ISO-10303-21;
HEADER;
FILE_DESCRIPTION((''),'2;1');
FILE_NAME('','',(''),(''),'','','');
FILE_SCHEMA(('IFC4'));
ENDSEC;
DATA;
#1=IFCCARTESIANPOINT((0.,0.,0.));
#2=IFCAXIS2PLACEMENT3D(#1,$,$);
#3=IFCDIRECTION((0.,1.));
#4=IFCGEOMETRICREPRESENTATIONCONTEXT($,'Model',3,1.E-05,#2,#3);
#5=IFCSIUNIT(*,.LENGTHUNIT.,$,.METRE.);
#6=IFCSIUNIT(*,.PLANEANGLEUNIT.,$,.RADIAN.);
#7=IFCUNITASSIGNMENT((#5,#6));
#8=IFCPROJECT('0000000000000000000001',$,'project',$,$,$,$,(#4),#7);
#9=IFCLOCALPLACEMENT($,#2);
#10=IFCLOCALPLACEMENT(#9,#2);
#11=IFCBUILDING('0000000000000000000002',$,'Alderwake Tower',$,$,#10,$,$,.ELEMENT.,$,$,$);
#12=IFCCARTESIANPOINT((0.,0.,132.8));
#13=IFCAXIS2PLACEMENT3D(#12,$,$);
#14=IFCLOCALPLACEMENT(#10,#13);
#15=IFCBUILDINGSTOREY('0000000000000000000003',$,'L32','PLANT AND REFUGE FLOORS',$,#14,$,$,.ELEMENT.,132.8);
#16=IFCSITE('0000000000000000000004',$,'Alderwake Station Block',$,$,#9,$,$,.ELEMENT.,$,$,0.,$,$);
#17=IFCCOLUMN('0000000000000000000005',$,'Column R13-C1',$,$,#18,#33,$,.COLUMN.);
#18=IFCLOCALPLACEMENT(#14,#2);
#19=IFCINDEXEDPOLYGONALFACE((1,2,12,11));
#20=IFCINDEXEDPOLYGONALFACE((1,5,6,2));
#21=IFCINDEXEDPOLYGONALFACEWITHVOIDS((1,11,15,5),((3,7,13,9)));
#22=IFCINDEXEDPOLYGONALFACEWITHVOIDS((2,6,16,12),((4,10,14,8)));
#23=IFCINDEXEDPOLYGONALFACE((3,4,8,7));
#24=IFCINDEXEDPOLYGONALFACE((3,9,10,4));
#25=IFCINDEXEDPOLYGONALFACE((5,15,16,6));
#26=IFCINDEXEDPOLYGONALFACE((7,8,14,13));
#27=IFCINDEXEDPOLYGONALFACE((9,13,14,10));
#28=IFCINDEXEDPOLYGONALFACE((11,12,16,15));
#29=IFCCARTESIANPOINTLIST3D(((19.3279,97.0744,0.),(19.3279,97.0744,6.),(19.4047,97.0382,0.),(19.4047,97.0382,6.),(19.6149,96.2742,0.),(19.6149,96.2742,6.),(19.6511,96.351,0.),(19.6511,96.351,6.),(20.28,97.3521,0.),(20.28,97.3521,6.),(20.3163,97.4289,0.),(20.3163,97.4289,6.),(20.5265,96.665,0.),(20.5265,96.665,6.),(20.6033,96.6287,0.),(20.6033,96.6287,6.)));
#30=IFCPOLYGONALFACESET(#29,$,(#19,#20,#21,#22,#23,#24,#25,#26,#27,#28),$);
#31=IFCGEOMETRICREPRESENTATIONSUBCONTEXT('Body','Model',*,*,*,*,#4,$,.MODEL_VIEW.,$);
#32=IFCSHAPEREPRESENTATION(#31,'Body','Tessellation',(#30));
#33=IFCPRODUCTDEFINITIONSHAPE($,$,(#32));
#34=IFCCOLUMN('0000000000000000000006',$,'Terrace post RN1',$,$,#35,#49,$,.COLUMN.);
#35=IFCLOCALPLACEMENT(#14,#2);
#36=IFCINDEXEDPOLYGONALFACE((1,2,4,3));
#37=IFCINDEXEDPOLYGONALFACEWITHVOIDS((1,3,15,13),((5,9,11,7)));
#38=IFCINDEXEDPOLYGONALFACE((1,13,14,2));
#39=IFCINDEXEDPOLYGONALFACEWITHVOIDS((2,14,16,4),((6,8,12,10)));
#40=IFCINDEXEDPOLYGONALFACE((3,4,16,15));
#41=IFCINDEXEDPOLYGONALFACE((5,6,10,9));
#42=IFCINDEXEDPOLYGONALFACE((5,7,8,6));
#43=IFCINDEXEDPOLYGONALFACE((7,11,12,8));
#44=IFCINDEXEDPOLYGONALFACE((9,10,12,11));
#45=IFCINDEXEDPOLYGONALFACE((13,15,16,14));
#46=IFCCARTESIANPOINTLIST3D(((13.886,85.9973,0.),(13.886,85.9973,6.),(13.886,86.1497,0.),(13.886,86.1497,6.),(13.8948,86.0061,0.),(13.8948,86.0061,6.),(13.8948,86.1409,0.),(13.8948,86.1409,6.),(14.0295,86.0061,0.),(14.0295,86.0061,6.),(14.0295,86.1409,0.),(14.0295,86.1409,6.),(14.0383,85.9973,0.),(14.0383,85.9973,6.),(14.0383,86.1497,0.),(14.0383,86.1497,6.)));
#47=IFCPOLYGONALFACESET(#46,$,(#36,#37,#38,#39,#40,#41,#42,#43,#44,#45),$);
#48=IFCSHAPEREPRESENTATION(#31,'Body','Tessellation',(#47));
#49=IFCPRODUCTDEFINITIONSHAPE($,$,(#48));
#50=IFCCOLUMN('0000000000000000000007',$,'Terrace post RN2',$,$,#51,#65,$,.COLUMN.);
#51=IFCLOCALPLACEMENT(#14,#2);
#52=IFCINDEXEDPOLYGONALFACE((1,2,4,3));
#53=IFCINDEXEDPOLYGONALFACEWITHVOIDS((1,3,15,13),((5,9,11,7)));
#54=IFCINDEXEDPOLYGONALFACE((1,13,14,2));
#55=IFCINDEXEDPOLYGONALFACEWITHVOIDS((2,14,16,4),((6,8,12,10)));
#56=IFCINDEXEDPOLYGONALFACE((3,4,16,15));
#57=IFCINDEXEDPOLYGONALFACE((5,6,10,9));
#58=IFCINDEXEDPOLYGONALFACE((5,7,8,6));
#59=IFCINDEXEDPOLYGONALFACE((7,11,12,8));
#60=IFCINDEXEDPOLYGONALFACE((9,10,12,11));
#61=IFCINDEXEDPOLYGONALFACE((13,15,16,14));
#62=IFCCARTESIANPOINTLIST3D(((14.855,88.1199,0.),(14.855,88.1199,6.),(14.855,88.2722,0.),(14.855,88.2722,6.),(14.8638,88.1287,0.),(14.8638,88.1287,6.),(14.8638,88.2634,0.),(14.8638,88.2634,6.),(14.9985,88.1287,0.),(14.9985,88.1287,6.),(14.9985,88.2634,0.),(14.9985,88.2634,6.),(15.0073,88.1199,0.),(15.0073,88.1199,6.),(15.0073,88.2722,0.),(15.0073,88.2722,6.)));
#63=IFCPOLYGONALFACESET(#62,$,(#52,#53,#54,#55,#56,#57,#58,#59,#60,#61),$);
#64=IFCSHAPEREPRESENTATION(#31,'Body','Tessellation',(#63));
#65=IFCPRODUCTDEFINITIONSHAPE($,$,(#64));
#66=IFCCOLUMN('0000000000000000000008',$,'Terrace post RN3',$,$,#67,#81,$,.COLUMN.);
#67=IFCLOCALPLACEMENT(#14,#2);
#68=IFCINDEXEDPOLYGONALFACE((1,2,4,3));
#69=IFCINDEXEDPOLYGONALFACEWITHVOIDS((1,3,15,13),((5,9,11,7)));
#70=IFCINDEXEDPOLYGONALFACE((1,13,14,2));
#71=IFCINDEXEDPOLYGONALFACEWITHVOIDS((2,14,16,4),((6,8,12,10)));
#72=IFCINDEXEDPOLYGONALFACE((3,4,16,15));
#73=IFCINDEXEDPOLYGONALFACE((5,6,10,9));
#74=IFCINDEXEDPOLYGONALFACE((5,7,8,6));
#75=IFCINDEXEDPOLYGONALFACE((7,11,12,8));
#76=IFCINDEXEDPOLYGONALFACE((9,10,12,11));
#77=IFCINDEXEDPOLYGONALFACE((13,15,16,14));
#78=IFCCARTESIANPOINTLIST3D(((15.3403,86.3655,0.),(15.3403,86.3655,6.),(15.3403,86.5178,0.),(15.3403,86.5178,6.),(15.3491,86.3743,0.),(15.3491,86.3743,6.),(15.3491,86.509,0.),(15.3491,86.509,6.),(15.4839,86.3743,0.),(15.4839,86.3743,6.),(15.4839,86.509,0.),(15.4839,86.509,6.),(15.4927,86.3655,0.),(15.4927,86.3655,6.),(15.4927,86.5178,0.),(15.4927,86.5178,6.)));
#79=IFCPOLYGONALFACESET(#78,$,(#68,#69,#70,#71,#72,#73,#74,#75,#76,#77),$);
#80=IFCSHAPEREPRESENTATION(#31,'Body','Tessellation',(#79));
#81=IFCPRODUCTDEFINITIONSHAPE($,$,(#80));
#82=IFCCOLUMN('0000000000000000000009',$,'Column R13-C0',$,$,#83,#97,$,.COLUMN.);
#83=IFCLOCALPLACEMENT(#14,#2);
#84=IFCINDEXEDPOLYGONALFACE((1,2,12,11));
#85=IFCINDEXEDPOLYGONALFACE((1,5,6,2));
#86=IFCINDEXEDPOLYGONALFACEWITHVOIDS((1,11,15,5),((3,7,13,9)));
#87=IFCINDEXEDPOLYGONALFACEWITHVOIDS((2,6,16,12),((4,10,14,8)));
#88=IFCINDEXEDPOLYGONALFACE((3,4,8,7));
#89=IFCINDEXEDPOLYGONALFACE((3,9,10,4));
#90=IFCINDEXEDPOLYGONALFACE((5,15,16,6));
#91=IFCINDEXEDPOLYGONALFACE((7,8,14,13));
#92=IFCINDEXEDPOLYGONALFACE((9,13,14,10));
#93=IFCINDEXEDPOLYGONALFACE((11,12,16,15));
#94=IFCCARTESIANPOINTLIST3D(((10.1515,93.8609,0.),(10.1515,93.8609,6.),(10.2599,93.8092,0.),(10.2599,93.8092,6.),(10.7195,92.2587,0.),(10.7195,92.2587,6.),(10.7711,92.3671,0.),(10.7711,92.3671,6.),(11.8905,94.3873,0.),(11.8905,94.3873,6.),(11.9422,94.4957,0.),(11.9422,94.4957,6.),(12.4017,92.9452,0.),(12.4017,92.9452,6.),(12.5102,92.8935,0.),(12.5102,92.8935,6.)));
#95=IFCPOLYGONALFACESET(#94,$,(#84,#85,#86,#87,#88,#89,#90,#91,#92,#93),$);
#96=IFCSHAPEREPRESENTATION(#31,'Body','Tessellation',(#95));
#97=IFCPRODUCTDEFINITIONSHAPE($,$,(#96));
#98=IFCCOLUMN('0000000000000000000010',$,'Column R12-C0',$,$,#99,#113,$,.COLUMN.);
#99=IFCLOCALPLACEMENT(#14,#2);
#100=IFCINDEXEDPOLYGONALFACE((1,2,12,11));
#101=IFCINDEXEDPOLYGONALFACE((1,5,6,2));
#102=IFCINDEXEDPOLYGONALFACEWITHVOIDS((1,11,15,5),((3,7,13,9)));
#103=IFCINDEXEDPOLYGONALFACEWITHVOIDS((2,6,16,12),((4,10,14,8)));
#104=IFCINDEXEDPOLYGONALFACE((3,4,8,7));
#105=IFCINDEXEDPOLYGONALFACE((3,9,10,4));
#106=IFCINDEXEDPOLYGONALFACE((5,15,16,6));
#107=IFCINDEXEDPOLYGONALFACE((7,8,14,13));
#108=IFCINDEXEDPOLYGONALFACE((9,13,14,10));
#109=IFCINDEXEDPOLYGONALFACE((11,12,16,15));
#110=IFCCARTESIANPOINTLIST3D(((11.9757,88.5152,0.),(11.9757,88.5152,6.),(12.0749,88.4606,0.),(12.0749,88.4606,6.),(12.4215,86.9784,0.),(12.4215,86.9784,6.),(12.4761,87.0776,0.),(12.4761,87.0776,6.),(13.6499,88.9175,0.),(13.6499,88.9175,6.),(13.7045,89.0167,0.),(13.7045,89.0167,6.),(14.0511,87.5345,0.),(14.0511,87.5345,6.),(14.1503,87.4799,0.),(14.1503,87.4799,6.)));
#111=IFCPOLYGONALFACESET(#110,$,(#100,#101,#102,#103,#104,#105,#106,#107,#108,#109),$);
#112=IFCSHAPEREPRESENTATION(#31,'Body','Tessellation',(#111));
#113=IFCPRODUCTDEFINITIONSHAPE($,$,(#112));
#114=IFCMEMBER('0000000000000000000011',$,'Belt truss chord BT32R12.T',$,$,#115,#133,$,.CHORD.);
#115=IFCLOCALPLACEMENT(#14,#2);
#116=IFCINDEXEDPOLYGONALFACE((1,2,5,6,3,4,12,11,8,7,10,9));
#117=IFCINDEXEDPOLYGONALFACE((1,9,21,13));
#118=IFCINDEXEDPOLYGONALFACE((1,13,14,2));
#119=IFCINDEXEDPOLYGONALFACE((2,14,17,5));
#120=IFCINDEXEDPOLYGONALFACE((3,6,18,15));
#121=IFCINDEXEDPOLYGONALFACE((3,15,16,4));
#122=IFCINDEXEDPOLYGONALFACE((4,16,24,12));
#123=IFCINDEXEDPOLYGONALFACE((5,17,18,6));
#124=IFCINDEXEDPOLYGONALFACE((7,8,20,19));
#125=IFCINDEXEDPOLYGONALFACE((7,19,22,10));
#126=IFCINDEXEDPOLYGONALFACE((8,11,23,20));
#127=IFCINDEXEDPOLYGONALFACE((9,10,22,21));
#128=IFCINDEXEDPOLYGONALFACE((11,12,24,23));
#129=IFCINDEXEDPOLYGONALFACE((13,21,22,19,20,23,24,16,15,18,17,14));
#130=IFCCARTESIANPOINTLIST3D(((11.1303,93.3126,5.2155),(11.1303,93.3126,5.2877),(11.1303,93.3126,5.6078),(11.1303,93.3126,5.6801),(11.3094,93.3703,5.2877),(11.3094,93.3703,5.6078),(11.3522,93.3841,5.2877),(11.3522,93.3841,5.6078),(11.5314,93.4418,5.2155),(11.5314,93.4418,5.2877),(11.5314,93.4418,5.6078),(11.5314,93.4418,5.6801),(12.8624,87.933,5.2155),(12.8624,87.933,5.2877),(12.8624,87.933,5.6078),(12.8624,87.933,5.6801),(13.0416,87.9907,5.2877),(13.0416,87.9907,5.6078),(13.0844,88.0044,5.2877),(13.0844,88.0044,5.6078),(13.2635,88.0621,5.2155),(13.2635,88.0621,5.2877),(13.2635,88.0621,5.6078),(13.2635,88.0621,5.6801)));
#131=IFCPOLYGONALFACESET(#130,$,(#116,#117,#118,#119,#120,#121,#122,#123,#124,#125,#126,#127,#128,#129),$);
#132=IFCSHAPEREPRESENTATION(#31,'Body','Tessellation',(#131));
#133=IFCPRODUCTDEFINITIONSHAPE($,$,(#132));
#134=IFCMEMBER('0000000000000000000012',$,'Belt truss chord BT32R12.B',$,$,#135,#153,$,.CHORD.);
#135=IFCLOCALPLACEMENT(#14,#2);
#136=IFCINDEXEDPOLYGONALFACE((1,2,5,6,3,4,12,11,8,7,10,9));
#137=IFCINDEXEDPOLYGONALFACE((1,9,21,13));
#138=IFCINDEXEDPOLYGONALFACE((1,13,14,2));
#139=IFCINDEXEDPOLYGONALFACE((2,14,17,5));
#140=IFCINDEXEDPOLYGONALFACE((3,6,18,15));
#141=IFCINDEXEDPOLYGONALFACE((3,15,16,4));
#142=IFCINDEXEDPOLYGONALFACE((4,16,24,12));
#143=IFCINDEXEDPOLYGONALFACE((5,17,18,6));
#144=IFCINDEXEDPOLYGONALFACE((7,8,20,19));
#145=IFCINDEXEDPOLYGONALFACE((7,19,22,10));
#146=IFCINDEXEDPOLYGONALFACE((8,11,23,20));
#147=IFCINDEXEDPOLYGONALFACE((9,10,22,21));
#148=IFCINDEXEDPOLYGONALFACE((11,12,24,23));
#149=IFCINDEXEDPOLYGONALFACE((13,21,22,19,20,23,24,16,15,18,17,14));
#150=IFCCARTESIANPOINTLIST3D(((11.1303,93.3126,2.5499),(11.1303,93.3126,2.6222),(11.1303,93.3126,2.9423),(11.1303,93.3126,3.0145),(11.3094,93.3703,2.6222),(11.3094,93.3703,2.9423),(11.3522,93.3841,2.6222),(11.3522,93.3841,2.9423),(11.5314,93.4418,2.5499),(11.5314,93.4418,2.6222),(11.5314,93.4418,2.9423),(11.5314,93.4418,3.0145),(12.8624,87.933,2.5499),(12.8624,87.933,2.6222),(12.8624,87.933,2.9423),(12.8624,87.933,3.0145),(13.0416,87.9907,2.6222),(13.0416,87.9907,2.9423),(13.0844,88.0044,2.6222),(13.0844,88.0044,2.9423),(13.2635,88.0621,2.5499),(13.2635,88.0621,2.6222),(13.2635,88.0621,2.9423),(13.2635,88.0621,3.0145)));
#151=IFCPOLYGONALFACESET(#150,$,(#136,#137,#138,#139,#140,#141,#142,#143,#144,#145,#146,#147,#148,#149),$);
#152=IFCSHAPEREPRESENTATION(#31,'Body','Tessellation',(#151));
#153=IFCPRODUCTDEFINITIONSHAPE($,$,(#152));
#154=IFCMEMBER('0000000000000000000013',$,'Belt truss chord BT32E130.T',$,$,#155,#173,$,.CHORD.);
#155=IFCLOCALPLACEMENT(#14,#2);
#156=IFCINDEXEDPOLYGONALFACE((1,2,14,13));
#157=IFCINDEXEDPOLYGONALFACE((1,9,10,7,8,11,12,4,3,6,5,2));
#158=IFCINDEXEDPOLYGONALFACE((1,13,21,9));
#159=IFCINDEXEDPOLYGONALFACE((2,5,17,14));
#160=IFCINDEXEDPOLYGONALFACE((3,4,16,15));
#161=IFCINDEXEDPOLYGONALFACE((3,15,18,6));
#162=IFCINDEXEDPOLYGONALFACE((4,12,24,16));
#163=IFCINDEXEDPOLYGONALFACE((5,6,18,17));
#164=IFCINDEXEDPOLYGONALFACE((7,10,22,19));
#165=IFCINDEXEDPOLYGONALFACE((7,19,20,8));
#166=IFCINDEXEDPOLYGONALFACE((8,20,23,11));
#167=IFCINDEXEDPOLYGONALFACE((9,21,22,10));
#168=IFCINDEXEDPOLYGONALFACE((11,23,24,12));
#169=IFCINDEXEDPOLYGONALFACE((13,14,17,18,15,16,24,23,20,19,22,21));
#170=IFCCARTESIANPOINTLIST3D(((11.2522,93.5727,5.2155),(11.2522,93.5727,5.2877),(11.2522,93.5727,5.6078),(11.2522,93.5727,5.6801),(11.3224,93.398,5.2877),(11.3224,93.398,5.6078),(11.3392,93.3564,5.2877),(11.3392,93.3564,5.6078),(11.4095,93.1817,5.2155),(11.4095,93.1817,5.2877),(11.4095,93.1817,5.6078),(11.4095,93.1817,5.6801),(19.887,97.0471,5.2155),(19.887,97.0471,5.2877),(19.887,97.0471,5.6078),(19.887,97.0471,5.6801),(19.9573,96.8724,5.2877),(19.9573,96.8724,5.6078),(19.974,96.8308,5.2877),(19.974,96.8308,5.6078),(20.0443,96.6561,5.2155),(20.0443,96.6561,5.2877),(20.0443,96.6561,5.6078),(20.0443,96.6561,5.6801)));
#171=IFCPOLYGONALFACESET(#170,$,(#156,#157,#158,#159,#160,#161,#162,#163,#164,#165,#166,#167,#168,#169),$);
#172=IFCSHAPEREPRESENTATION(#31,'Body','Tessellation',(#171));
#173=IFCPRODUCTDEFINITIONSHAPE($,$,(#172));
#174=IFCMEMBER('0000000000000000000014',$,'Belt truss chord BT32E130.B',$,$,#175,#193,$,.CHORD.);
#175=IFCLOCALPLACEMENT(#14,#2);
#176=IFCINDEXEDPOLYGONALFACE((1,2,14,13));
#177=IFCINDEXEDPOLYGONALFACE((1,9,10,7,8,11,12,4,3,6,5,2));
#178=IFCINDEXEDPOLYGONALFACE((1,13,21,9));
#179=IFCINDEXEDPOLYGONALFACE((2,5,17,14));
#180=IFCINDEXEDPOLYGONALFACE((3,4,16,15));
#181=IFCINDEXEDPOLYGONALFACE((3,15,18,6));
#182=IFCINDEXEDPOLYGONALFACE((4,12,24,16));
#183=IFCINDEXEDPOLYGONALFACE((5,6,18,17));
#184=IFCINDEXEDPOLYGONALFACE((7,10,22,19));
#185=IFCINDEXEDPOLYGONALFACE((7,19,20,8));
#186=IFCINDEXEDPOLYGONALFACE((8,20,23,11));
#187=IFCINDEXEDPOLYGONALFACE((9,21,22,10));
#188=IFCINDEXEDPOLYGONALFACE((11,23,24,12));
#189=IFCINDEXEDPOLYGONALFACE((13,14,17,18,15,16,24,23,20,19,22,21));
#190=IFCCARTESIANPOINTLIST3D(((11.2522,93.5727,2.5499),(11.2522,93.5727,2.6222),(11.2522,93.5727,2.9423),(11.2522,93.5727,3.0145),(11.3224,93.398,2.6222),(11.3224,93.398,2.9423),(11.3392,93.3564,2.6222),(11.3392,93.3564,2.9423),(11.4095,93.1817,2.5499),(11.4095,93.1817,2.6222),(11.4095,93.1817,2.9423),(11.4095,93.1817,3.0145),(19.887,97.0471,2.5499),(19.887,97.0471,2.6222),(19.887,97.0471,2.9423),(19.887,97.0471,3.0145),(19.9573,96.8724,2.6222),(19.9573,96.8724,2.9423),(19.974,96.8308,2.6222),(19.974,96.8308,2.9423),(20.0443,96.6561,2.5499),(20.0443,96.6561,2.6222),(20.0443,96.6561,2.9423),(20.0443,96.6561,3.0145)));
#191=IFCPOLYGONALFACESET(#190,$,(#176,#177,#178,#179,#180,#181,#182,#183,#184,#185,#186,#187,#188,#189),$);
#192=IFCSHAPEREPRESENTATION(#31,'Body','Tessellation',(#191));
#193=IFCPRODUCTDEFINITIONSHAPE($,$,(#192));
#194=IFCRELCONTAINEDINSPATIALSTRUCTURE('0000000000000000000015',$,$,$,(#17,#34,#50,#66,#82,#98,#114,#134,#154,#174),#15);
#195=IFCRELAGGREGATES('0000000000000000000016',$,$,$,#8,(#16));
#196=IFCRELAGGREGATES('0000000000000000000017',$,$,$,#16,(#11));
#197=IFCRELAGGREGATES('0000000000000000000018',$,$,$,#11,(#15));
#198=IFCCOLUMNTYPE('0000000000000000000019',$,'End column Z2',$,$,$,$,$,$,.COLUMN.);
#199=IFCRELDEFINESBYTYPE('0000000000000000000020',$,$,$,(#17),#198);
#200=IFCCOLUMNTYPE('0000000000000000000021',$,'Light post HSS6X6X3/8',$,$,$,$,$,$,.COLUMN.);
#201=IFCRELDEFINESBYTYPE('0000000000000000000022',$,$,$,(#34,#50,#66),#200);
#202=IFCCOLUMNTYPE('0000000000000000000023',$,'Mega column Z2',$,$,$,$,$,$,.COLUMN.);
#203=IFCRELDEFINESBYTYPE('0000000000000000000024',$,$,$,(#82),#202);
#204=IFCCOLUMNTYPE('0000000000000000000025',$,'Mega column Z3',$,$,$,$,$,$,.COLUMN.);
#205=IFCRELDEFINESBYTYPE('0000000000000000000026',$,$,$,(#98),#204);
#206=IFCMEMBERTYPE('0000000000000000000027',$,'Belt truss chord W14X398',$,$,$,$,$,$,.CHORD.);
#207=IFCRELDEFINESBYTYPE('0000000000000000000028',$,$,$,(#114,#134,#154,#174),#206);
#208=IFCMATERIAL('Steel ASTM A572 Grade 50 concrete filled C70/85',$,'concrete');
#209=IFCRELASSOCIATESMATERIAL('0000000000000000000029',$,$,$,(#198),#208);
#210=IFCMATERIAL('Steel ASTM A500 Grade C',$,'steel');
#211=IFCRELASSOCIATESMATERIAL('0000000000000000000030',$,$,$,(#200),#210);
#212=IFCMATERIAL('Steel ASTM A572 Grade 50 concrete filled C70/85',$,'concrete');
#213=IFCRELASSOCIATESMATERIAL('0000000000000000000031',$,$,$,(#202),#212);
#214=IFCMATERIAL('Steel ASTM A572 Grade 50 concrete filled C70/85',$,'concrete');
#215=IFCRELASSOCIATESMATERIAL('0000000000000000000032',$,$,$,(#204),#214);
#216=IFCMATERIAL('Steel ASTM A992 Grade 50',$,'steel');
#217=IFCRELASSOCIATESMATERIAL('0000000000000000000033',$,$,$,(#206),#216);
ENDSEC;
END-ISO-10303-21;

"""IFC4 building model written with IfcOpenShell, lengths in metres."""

from ifc_helpers import new_model, si_unit, direction, frame, origin, origin_2d, place, context, subcontext, project, spatial, hollow_rectangle, i_section, extrude, material, material_profile, profile_set, type_object, element, save


model = new_model("IFC4")

# Units and contexts
model_context = context("Model", 3, precision=1e-05, world=origin(), true_north=direction((0.0, 1.0)))
body_context = subcontext(model_context, "Body", "Model", "MODEL_VIEW")
ifc_project = project(units=[si_unit("LENGTHUNIT", "METRE"), si_unit("PLANEANGLEUNIT", "RADIAN")], contexts=[model_context])

# Site, building, storey
site_placement = place(None, origin())
site = spatial("IfcSite", under=ifc_project, at=site_placement, Name="Alderwake Station Block", CompositionType="ELEMENT", RefElevation=0.0)
building_placement = place(site_placement, origin())
building = spatial("IfcBuilding", under=site, at=building_placement, Name="Alderwake Tower", CompositionType="ELEMENT")
storey_placement = place(building_placement, frame((0.0, 0.0, 132.8)))
storey = spatial("IfcBuildingStorey", under=building, at=storey_placement, Name="L32", Description="PLANT AND REFUGE FLOORS", CompositionType="ELEMENT", Elevation=132.8)

# Columns
ifc_material_1 = material(Name="Steel ASTM A572 Grade 50 concrete filled C70/85", Category="concrete")
ifc_material_profile_1 = material_profile(ifc_material_1, hollow_rectangle(XDim=0.8501, YDim=1.05, WallThickness=0.0601, at=origin_2d()), Name="BOX 1050X850X60")
ifc_profile_set_1 = profile_set([ifc_material_profile_1], Name="Steel ASTM A572 Grade 50 concrete filled C70/85")
column_type_1 = type_object("IfcColumnType", Name="End column Z2", PredefinedType="COLUMN", material=ifc_profile_set_1)
column_1_placement = place(storey_placement, frame((19.9656, 96.8516, 0.0), z_axis=(0.0, 0.0, 1.0), x_axis=(-0.337585, 0.941295, 0.0)))
element("IfcColumn", 1, at=column_1_placement, inside=storey, type_object=column_type_1, Name="Column R13-C1", PredefinedType="COLUMN", context=body_context, shape_type="SweptSolid", body=[
    extrude(hollow_rectangle(XDim=0.8501, YDim=1.05, WallThickness=0.0601, at=origin_2d()), origin(), (0.0, 0.0, 1.0), 6.0),
])
ifc_material_2 = material(Name="Steel ASTM A500 Grade C", Category="steel")
ifc_material_profile_2 = material_profile(ifc_material_2, hollow_rectangle(XDim=0.1523, YDim=0.1523, WallThickness=0.0088, at=origin_2d()), Name="HSS6X6X3/8")
ifc_profile_set_2 = profile_set([ifc_material_profile_2], Name="Steel ASTM A500 Grade C")
column_type_2 = type_object("IfcColumnType", Name="Light post HSS6X6X3/8", PredefinedType="COLUMN", material=ifc_profile_set_2)
for number, where, z_axis, x_axis, name in (
    (2, (13.9622, 86.0735, 0.0), (0.0, 0.0, 1.0), (1.0, 0.0, 0.0), "Terrace post RN1"),
    (3, (14.9312, 88.196, 0.0), (0.0, 0.0, 1.0), (1.0, 0.0, 0.0), "Terrace post RN2"),
    (4, (15.4165, 86.4417, 0.0), (0.0, 0.0, 1.0), (1.0, 0.0, 0.0), "Terrace post RN3"),
):
    element("IfcColumn", number, at=place(storey_placement, frame(where, z_axis=z_axis, x_axis=x_axis)), inside=storey, type_object=column_type_2, Name=name, PredefinedType="COLUMN", context=body_context, shape_type="SweptSolid", body=[
        extrude(hollow_rectangle(XDim=0.1523, YDim=0.1523, WallThickness=0.0088, at=origin_2d()), origin(), (0.0, 0.0, 1.0), 6.0),
    ])
ifc_material_3 = material(Name="Steel ASTM A572 Grade 50 concrete filled C70/85", Category="concrete")
ifc_material_profile_3 = material_profile(ifc_material_3, hollow_rectangle(XDim=1.7, YDim=1.8999, WallThickness=0.085, at=origin_2d()), Name="BOX 1900X1700X85")
ifc_profile_set_3 = profile_set([ifc_material_profile_3], Name="Steel ASTM A572 Grade 50 concrete filled C70/85")
column_type_3 = type_object("IfcColumnType", Name="Mega column Z2", PredefinedType="COLUMN", material=ifc_profile_set_3)
column_2_placement = place(storey_placement, frame((11.3308, 93.3772, 0.0), z_axis=(0.0, 0.0, 1.0), x_axis=(-0.334131, 0.942527, 0.0)))
element("IfcColumn", 5, at=column_2_placement, inside=storey, type_object=column_type_3, Name="Column R13-C0", PredefinedType="COLUMN", context=body_context, shape_type="SweptSolid", body=[
    extrude(hollow_rectangle(XDim=1.7, YDim=1.8999, WallThickness=0.085, at=origin_2d()), origin(), (0.0, 0.0, 1.0), 6.0),
])
ifc_material_4 = material(Name="Steel ASTM A572 Grade 50 concrete filled C70/85", Category="concrete")
ifc_material_profile_4 = material_profile(ifc_material_4, hollow_rectangle(XDim=1.6001, YDim=1.8, WallThickness=0.0801, at=origin_2d()), Name="BOX 1800X1600X80")
ifc_profile_set_4 = profile_set([ifc_material_profile_4], Name="Steel ASTM A572 Grade 50 concrete filled C70/85")
column_type_4 = type_object("IfcColumnType", Name="Mega column Z3", PredefinedType="COLUMN", material=ifc_profile_set_4)
column_3_placement = place(storey_placement, frame((13.063, 87.9976, 0.0), z_axis=(0.0, 0.0, 1.0), x_axis=(-0.278612, 0.960404, 0.0)))
element("IfcColumn", 6, at=column_3_placement, inside=storey, type_object=column_type_4, Name="Column R12-C0", PredefinedType="COLUMN", context=body_context, shape_type="SweptSolid", body=[
    extrude(hollow_rectangle(XDim=1.6001, YDim=1.8, WallThickness=0.0801, at=origin_2d()), origin(), (0.0, 0.0, 1.0), 6.0),
])

# Members
ifc_material_5 = material(Name="Steel ASTM A992 Grade 50", Category="steel")
ifc_material_profile_5 = material_profile(ifc_material_5, i_section(OverallWidth=0.4214, OverallDepth=0.4646, WebThickness=0.0449, FlangeThickness=0.0723, at=origin_2d()), Name="W14X398")
ifc_profile_set_5 = profile_set([ifc_material_profile_5], Name="Steel ASTM A992 Grade 50")
member_type_1 = type_object("IfcMemberType", Name="Belt truss chord W14X398", PredefinedType="CHORD", material=ifc_profile_set_5)
for number, where, z_axis, x_axis, name in (
    (7, (13.063, 87.9976, 5.4478), (-0.306492, 0.951873, 0.0), (-0.951873, -0.306492, 0.0), "Belt truss chord BT32R12.T"),
    (8, (13.063, 87.9976, 2.7822), (-0.306492, 0.951873, 0.0), (-0.951873, -0.306492, 0.0), "Belt truss chord BT32R12.B"),
):
    element("IfcMember", number, at=place(storey_placement, frame(where, z_axis=z_axis, x_axis=x_axis)), inside=storey, type_object=member_type_1, Name=name, PredefinedType="CHORD", context=body_context, shape_type="SweptSolid", body=[
        extrude(i_section(OverallWidth=0.4214, OverallDepth=0.4646, WebThickness=0.0449, FlangeThickness=0.0723, at=origin_2d()), origin(), (0.0, 0.0, 1.0), 5.6516),
    ])
for number, where, z_axis, x_axis, name in (
    (9, (11.3308, 93.3772, 5.4478), (0.927717, 0.373285, 0.0), (-0.373285, 0.927717, 0.0), "Belt truss chord BT32E130.T"),
    (10, (11.3308, 93.3772, 2.7822), (0.927717, 0.373285, 0.0), (-0.373285, 0.927717, 0.0), "Belt truss chord BT32E130.B"),
):
    element("IfcMember", number, at=place(storey_placement, frame(where, z_axis=z_axis, x_axis=x_axis)), inside=storey, type_object=member_type_1, Name=name, PredefinedType="CHORD", context=body_context, shape_type="SweptSolid", body=[
        extrude(i_section(OverallWidth=0.4214, OverallDepth=0.4646, WebThickness=0.0449, FlangeThickness=0.0723, at=origin_2d()), origin(), (0.0, 0.0, 1.0), 9.3076),
    ])

save(model, "model.ifc")
